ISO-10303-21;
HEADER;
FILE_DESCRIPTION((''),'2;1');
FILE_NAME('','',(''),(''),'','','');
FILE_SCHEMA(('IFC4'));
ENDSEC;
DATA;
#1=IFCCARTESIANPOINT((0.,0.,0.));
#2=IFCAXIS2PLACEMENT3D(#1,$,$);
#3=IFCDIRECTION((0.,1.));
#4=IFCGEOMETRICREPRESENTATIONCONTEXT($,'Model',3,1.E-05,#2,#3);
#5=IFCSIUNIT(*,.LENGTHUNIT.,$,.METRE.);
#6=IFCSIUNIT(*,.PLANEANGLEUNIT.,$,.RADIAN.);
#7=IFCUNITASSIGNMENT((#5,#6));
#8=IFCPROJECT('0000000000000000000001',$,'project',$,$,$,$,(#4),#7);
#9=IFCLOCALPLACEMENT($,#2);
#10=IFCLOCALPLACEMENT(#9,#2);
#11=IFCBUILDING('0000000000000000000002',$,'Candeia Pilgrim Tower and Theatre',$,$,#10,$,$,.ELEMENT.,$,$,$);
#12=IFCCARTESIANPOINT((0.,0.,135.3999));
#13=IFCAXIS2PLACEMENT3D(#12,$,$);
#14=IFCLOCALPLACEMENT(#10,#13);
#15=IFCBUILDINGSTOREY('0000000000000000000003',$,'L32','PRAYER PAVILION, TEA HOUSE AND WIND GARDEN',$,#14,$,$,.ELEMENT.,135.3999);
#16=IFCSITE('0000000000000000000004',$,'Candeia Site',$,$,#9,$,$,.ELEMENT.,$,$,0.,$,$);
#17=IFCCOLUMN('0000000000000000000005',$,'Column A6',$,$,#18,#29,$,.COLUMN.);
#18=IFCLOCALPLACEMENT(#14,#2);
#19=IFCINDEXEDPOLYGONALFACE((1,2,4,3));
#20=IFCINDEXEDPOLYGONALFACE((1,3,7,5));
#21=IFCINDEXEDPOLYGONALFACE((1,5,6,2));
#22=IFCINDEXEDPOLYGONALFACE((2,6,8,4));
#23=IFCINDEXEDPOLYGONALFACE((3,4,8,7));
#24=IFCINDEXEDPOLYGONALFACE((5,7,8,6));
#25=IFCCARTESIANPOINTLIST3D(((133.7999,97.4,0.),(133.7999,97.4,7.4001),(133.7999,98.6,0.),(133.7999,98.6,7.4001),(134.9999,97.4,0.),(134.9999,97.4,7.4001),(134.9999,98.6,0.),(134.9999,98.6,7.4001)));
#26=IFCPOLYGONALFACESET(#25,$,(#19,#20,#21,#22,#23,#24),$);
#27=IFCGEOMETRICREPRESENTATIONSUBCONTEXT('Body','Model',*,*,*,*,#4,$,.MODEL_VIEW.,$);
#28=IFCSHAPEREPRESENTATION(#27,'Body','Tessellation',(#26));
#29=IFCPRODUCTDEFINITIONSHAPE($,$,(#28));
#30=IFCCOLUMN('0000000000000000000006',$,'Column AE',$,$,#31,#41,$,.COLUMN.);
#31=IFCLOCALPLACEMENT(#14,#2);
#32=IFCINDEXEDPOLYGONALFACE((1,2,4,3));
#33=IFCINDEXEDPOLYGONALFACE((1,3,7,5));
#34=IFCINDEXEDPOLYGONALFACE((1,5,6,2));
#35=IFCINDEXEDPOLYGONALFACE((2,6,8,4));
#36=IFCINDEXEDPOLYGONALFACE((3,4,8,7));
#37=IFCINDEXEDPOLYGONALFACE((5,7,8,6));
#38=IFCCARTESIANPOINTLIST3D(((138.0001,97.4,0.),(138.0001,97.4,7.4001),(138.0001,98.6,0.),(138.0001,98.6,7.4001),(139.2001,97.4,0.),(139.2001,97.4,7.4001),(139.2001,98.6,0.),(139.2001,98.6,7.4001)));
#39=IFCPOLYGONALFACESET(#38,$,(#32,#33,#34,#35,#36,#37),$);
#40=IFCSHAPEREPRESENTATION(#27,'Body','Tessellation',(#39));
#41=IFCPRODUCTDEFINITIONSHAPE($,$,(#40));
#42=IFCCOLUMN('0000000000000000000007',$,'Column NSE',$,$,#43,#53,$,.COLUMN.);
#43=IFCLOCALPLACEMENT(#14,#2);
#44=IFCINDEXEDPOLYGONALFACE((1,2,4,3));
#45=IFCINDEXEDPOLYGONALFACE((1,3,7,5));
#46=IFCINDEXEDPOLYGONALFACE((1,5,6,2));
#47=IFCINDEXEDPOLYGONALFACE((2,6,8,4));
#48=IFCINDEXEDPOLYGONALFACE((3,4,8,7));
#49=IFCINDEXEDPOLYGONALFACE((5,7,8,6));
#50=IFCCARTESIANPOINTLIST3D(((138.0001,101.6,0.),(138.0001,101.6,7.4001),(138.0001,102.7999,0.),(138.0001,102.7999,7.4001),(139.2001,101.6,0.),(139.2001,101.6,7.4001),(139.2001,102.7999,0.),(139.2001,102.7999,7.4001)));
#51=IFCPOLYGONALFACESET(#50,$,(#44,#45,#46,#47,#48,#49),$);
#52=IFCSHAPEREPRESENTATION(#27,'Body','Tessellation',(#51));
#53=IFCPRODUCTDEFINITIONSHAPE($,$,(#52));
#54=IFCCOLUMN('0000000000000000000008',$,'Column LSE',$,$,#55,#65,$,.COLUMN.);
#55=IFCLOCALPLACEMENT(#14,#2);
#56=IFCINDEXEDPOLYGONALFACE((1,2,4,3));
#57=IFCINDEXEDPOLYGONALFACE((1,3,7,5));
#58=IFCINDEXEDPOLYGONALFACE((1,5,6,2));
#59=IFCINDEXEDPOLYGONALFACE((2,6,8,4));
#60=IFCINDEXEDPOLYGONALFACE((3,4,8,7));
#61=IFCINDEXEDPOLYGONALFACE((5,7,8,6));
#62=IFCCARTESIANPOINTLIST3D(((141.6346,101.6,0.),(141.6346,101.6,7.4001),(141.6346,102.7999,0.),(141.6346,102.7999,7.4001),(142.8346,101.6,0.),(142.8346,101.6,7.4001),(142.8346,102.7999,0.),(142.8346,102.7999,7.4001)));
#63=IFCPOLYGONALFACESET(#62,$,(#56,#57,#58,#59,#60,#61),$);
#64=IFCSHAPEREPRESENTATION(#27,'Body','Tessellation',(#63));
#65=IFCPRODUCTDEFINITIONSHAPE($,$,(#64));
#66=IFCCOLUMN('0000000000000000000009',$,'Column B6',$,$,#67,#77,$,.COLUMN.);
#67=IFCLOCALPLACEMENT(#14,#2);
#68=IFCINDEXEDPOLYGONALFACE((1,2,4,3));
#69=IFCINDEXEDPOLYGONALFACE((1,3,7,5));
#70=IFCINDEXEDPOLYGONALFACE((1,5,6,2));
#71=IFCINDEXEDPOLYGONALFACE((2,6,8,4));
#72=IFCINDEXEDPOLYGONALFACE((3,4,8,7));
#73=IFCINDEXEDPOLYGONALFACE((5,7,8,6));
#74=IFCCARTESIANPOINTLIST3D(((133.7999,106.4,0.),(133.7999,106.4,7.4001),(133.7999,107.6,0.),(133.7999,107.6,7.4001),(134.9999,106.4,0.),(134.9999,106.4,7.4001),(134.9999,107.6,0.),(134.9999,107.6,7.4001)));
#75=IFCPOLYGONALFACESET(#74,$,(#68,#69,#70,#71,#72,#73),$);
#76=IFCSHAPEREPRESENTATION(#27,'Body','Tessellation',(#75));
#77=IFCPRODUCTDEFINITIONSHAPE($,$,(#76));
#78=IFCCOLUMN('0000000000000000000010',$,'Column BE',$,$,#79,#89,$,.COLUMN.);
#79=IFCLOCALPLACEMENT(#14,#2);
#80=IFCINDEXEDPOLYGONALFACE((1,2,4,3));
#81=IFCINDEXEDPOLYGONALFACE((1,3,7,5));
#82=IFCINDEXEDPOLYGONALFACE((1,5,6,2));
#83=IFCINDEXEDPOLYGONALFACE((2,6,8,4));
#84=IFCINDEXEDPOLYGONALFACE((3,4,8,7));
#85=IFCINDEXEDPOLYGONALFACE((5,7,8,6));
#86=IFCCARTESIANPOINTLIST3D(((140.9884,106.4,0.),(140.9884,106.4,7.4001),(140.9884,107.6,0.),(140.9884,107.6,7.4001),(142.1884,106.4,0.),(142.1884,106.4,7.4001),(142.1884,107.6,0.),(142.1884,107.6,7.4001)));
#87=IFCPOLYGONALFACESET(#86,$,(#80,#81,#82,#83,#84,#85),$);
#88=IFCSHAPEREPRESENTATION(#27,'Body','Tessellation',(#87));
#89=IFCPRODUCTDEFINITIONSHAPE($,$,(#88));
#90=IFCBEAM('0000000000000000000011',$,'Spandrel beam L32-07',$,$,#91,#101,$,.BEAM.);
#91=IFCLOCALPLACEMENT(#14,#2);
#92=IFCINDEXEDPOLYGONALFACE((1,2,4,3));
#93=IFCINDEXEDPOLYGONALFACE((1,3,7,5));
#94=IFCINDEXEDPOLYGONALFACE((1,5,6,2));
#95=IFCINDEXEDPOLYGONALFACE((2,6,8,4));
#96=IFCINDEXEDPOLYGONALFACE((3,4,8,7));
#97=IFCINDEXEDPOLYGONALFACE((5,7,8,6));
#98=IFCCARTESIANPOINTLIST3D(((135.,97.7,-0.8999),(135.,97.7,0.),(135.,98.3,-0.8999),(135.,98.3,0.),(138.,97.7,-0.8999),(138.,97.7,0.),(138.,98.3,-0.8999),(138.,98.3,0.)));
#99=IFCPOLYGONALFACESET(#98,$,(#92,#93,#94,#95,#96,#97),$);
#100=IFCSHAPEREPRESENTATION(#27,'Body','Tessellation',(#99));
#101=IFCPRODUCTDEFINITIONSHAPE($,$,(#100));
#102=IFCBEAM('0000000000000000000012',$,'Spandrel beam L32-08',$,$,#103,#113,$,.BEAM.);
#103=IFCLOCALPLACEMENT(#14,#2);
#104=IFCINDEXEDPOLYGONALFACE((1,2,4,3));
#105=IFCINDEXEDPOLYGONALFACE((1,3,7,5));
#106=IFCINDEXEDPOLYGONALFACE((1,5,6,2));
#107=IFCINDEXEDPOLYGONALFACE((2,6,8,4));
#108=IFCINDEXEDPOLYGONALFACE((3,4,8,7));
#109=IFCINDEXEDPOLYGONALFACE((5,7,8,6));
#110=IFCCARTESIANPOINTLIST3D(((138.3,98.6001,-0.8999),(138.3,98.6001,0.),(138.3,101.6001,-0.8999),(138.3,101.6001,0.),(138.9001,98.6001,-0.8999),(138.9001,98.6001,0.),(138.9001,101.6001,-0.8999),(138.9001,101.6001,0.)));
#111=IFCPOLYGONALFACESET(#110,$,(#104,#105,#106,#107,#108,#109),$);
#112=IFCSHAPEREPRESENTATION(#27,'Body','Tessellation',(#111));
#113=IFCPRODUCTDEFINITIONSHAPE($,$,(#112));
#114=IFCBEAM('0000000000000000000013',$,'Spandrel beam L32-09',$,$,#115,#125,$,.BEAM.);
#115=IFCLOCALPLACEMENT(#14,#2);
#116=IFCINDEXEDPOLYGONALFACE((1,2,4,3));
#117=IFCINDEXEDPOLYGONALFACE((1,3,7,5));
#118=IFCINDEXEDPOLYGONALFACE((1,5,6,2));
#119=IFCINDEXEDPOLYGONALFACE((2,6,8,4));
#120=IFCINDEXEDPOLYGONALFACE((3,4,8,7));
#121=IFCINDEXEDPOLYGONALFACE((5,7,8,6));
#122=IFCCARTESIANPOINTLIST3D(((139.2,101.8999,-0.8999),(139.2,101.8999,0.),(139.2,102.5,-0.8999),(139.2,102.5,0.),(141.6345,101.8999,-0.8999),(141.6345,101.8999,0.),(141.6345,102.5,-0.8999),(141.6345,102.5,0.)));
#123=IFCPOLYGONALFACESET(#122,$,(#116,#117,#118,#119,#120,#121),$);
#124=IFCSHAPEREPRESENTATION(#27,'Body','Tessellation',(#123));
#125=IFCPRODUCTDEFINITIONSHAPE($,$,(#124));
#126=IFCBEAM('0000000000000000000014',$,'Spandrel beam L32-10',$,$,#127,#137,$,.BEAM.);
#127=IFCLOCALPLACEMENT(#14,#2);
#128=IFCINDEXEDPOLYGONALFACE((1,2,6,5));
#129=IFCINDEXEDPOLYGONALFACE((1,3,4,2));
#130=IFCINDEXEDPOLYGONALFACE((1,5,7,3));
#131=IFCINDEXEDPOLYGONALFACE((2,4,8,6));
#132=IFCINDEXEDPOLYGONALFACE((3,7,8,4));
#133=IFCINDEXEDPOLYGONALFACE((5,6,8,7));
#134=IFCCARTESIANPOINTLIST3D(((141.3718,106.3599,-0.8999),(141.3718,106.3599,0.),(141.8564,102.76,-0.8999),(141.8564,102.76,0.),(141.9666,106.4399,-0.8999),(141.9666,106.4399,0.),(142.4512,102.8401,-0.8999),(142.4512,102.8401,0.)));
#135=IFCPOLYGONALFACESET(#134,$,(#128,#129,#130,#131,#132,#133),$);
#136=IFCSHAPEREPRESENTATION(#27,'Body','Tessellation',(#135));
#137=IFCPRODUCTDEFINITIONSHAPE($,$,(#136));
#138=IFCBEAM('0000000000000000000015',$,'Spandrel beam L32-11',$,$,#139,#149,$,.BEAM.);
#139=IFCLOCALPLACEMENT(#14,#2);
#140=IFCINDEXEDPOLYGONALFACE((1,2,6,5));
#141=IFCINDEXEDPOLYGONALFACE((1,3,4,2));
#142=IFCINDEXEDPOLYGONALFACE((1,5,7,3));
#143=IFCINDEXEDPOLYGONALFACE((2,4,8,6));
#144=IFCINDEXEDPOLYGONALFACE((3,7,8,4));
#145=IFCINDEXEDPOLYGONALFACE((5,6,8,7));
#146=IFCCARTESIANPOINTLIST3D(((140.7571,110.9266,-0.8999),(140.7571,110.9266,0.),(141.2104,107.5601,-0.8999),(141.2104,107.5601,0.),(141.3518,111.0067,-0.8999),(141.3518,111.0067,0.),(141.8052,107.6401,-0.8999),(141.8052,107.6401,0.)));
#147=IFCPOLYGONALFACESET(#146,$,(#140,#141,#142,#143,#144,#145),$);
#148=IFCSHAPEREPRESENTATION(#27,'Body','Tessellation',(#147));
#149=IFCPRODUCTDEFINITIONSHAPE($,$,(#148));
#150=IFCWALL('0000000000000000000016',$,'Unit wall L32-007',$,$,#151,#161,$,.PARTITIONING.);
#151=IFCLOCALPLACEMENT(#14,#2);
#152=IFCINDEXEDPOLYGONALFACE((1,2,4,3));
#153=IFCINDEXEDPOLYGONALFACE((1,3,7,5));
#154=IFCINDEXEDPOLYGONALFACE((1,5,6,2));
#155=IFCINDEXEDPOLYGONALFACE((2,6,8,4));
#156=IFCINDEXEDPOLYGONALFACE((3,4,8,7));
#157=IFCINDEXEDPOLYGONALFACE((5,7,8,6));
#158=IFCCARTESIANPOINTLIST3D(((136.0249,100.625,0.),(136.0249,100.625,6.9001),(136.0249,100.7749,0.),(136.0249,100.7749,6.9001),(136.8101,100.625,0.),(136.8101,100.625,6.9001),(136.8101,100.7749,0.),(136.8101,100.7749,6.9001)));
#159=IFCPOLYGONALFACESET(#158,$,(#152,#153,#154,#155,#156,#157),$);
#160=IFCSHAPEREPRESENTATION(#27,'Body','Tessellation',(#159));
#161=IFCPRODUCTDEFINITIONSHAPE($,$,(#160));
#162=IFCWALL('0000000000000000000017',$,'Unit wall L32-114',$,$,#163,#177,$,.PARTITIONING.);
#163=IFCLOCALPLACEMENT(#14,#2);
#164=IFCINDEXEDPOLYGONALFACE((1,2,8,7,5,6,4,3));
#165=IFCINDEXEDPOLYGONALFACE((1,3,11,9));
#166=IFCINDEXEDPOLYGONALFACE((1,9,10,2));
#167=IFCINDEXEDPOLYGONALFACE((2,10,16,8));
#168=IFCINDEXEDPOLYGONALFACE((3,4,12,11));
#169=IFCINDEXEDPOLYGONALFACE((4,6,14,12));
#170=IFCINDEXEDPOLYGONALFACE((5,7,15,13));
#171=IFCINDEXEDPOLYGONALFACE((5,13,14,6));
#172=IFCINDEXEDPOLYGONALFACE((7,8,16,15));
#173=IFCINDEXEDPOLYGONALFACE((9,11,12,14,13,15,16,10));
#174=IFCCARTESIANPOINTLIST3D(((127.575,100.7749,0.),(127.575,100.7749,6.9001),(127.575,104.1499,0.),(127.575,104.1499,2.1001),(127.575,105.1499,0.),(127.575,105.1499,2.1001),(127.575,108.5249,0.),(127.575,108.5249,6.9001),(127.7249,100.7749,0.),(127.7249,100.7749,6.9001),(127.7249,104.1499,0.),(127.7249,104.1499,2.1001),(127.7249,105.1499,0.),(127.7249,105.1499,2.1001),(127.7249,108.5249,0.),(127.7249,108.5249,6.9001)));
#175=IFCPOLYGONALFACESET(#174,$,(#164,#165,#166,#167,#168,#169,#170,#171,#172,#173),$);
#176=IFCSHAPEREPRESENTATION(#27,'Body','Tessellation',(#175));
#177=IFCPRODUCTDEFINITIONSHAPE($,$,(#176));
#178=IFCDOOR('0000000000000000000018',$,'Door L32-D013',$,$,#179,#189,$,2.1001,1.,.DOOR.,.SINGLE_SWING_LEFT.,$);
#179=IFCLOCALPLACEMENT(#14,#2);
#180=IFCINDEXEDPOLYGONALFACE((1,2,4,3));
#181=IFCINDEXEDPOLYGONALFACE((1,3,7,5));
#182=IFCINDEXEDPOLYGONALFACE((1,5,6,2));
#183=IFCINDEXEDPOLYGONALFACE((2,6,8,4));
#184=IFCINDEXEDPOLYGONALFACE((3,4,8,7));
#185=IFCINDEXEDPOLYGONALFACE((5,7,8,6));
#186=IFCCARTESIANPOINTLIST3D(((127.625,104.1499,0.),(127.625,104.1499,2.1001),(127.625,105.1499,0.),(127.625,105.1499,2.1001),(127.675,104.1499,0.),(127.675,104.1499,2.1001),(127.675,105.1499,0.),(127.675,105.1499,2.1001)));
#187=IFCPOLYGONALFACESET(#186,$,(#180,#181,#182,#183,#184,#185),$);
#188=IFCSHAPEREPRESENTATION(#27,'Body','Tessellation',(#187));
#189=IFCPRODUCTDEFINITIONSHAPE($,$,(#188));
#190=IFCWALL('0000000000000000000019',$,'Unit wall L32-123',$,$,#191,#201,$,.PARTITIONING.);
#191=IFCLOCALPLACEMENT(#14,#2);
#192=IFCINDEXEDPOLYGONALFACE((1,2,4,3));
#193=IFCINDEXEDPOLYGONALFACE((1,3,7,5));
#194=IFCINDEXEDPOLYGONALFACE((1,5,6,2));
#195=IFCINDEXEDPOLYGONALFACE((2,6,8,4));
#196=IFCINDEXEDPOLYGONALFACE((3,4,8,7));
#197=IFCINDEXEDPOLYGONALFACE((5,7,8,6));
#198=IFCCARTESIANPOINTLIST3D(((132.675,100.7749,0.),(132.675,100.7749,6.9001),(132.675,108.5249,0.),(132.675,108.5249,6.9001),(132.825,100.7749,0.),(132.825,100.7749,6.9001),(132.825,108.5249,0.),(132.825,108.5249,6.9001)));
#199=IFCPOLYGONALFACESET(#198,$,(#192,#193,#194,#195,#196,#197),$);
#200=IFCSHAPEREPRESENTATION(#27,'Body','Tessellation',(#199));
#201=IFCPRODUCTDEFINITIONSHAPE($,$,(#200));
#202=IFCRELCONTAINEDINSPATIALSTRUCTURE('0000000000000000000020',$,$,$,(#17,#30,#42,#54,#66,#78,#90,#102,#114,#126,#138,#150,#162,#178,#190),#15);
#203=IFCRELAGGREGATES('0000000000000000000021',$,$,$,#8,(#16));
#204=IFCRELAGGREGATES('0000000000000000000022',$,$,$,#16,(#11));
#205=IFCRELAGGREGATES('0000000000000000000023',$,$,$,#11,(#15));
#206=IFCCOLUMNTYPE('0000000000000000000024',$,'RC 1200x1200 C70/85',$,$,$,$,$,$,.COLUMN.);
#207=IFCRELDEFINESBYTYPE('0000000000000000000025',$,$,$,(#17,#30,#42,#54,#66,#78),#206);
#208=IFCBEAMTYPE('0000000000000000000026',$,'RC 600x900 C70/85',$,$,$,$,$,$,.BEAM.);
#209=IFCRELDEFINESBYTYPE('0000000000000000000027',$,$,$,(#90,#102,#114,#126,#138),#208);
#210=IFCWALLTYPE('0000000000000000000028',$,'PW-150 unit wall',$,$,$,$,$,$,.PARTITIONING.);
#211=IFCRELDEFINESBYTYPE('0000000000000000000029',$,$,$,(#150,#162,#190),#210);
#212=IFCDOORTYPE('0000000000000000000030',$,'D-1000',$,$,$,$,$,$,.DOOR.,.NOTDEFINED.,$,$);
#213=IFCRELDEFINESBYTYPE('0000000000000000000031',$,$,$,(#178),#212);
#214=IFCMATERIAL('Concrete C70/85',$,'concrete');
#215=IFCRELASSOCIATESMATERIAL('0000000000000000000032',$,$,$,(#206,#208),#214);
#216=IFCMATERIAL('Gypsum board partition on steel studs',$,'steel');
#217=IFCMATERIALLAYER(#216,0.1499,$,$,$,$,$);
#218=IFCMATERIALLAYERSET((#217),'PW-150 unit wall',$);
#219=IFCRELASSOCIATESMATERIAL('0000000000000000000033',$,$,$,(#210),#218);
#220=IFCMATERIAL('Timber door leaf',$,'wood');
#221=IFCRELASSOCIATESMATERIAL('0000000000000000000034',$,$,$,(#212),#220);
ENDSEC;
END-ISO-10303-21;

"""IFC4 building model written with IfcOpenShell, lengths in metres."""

from ifc_helpers import new_model, si_unit, direction, frame, frame_2d, origin, origin_2d, place, context, subcontext, project, spatial, rectangle, extrude, material, layer, layer_set, material_profile, profile_set, type_object, element, fill, save


model = new_model("IFC4")

# Units and contexts
model_context = context("Model", 3, precision=1e-05, world=origin(), true_north=direction((0.0, 1.0)))
body_context = subcontext(model_context, "Body", "Model", "MODEL_VIEW")
ifc_project = project(units=[si_unit("LENGTHUNIT", "METRE"), si_unit("PLANEANGLEUNIT", "RADIAN")], contexts=[model_context])

# Site, building, storey
site_placement = place(None, origin())
site = spatial("IfcSite", under=ifc_project, at=site_placement, Name="Candeia Site", CompositionType="ELEMENT", RefElevation=0.0)
building_placement = place(site_placement, origin())
building = spatial("IfcBuilding", under=site, at=building_placement, Name="Candeia Pilgrim Tower and Theatre", CompositionType="ELEMENT")
storey_placement = place(building_placement, frame((0.0, 0.0, 135.3999)))
storey = spatial("IfcBuildingStorey", under=building, at=storey_placement, Name="L32", Description="PRAYER PAVILION, TEA HOUSE AND WIND GARDEN", CompositionType="ELEMENT", Elevation=135.3999)

# Columns
ifc_material_1 = material(Name="Concrete C70/85", Category="concrete")
ifc_material_profile_1 = material_profile(ifc_material_1, rectangle(XDim=1.2, YDim=1.2, at=origin_2d()))
ifc_profile_set_1 = profile_set([ifc_material_profile_1], Name="Concrete C70/85")
column_type = type_object("IfcColumnType", Name="RC 1200x1200 C70/85", PredefinedType="COLUMN", material=ifc_profile_set_1)
for number, where, z_axis, x_axis, name in (
    (1, (134.3999, 98.0, 0.0), (0.0, 0.0, 1.0), (1.0, 0.0, 0.0), "Column A6"),
    (2, (138.6001, 98.0, 0.0), (0.0, 0.0, 1.0), (1.0, 0.0, 0.0), "Column AE"),
    (3, (138.6001, 102.2, 0.0), (0.0, 0.0, 1.0), (1.0, 0.0, 0.0), "Column NSE"),
    (4, (142.2346, 102.2, 0.0), (0.0, 0.0, 1.0), (1.0, 0.0, 0.0), "Column LSE"),
    (5, (134.3999, 107.0, 0.0), (0.0, 0.0, 1.0), (1.0, 0.0, 0.0), "Column B6"),
    (6, (141.5884, 107.0, 0.0), (0.0, 0.0, 1.0), (1.0, 0.0, 0.0), "Column BE"),
):
    element("IfcColumn", number, at=place(storey_placement, frame(where, z_axis=z_axis, x_axis=x_axis)), inside=storey, type_object=column_type, Name=name, PredefinedType="COLUMN", context=body_context, shape_type="SweptSolid", body=[
        extrude(rectangle(XDim=1.2, YDim=1.2, at=origin_2d()), origin(), (0.0, 0.0, 1.0), 7.4001),
    ])

# Beams
ifc_material_profile_2 = material_profile(ifc_material_1, rectangle(XDim=0.6001, YDim=0.8999, at=origin_2d()))
ifc_profile_set_2 = profile_set([ifc_material_profile_2], Name="Concrete C70/85")
beam_type = type_object("IfcBeamType", Name="RC 600x900 C70/85", PredefinedType="BEAM", material=ifc_profile_set_2)
for number, where, z_axis, x_axis, name in (
    (7, (135.0, 98.0, -0.45), (1.0, 0.0, 0.0), (0.0, 1.0, 0.0), "Spandrel beam L32-07"),
    (8, (138.6001, 98.6001, -0.45), (0.0, 1.0, 0.0), (-1.0, 0.0, 0.0), "Spandrel beam L32-08"),
):
    element("IfcBeam", number, at=place(storey_placement, frame(where, z_axis=z_axis, x_axis=x_axis)), inside=storey, type_object=beam_type, Name=name, PredefinedType="BEAM", context=body_context, shape_type="SweptSolid", body=[
        extrude(rectangle(XDim=0.6001, YDim=0.8999, at=origin_2d()), origin(), (0.0, 0.0, 1.0), 3.0),
    ])
beam_1_placement = place(storey_placement, frame((139.2, 102.2, -0.45), z_axis=(1.0, 0.0, 0.0), x_axis=(0.0, 1.0, 0.0)))
element("IfcBeam", 9, at=beam_1_placement, inside=storey, type_object=beam_type, Name="Spandrel beam L32-09", PredefinedType="BEAM", context=body_context, shape_type="SweptSolid", body=[
    extrude(rectangle(XDim=0.6001, YDim=0.8999, at=origin_2d()), origin(), (0.0, 0.0, 1.0), 2.4346),
])
beam_2_placement = place(storey_placement, frame((142.1538, 102.8, -0.45), z_axis=(-0.133418, 0.99106, 0.0), x_axis=(-0.99106, -0.133418, 0.0)))
element("IfcBeam", 10, at=beam_2_placement, inside=storey, type_object=beam_type, Name="Spandrel beam L32-10", PredefinedType="BEAM", context=body_context, shape_type="SweptSolid", body=[
    extrude(rectangle(XDim=0.6001, YDim=0.8999, at=origin_2d()), origin(), (0.0, 0.0, 1.0), 3.6323),
])
beam_3_placement = place(storey_placement, frame((141.5078, 107.6001, -0.45), z_axis=(-0.133458, 0.991054, 0.0), x_axis=(-0.991054, -0.133458, 0.0)))
element("IfcBeam", 11, at=beam_3_placement, inside=storey, type_object=beam_type, Name="Spandrel beam L32-11", PredefinedType="BEAM", context=body_context, shape_type="SweptSolid", body=[
    extrude(rectangle(XDim=0.6001, YDim=0.8999, at=origin_2d()), origin(), (0.0, 0.0, 1.0), 3.397),
])

# Wall
ifc_material_2 = material(Name="Gypsum board partition on steel studs", Category="steel")
ifc_layer = layer(ifc_material_2, 0.1499)
ifc_layer_set = layer_set([ifc_layer], Name="PW-150 unit wall")
wall_type = type_object("IfcWallType", Name="PW-150 unit wall", PredefinedType="PARTITIONING", material=ifc_layer_set)
wall_1_placement = place(storey_placement, frame((136.0249, 100.7, 0.0), z_axis=(0.0, 0.0, 1.0), x_axis=(1.0, 0.0, 0.0)))
element("IfcWall", 12, at=wall_1_placement, inside=storey, type_object=wall_type, Name="Unit wall L32-007", PredefinedType="PARTITIONING", context=body_context, shape_type="SweptSolid", body=[
    extrude(rectangle(XDim=0.7852, YDim=0.1499, at=frame_2d((0.3926, 0.0))), origin(), (0.0, 0.0, 1.0), 6.9001),
])

# Wall, opening, door
wall_2_placement = place(storey_placement, frame((127.6499, 100.7749, 0.0), z_axis=(0.0, 0.0, 1.0), x_axis=(0.0, 1.0, 0.0)))
wall_2 = element("IfcWall", 13, at=wall_2_placement, inside=storey, type_object=wall_type, Name="Unit wall L32-114", PredefinedType="PARTITIONING", context=body_context, shape_type="SweptSolid", body=[
    extrude(rectangle(XDim=7.75, YDim=0.1499, at=frame_2d((3.875, 0.0))), origin(), (0.0, 0.0, 1.0), 6.9001),
])
opening_1_placement = place(wall_2_placement, frame((3.375, 0.0, 0.0)))
opening_1 = element("IfcOpeningElement", 14, at=opening_1_placement, cuts=wall_2, PredefinedType="OPENING", context=body_context, shape_type="SweptSolid", body=[
    extrude(rectangle(XDim=1.0, YDim=2.1001, at=frame_2d((0.5, 1.05))), frame((0.0, 0.085, 0.0), z_axis=(0.0, -1.0, 0.0), x_axis=(1.0, 0.0, 0.0)), (0.0, 0.0, 1.0), 0.1699),
])
ifc_material_3 = material(Name="Timber door leaf", Category="wood")
door_type = type_object("IfcDoorType", Name="D-1000", OperationType="NOTDEFINED", PredefinedType="DOOR", material=ifc_material_3)
door_1_placement = place(opening_1_placement, origin())
door_1 = element("IfcDoor", 15, at=door_1_placement, inside=storey, type_object=door_type, Name="Door L32-D013", OperationType="SINGLE_SWING_LEFT", OverallHeight=2.1001, OverallWidth=1.0, PredefinedType="DOOR", context=body_context, shape_type="SweptSolid", body=[
    extrude(rectangle(XDim=1.0, YDim=2.1001, at=frame_2d((0.5, 1.05))), frame((0.0, 0.0249, 0.0), z_axis=(0.0, -1.0, 0.0), x_axis=(1.0, 0.0, 0.0)), (0.0, 0.0, 1.0), 0.05),
])
fill(opening_1, door_1)

# Wall
wall_3_placement = place(storey_placement, frame((132.75, 100.7749, 0.0), z_axis=(0.0, 0.0, 1.0), x_axis=(0.0, 1.0, 0.0)))
element("IfcWall", 16, at=wall_3_placement, inside=storey, type_object=wall_type, Name="Unit wall L32-123", PredefinedType="PARTITIONING", context=body_context, shape_type="SweptSolid", body=[
    extrude(rectangle(XDim=7.75, YDim=0.1499, at=frame_2d((3.875, 0.0))), origin(), (0.0, 0.0, 1.0), 6.9001),
])

save(model, "model.ifc")
